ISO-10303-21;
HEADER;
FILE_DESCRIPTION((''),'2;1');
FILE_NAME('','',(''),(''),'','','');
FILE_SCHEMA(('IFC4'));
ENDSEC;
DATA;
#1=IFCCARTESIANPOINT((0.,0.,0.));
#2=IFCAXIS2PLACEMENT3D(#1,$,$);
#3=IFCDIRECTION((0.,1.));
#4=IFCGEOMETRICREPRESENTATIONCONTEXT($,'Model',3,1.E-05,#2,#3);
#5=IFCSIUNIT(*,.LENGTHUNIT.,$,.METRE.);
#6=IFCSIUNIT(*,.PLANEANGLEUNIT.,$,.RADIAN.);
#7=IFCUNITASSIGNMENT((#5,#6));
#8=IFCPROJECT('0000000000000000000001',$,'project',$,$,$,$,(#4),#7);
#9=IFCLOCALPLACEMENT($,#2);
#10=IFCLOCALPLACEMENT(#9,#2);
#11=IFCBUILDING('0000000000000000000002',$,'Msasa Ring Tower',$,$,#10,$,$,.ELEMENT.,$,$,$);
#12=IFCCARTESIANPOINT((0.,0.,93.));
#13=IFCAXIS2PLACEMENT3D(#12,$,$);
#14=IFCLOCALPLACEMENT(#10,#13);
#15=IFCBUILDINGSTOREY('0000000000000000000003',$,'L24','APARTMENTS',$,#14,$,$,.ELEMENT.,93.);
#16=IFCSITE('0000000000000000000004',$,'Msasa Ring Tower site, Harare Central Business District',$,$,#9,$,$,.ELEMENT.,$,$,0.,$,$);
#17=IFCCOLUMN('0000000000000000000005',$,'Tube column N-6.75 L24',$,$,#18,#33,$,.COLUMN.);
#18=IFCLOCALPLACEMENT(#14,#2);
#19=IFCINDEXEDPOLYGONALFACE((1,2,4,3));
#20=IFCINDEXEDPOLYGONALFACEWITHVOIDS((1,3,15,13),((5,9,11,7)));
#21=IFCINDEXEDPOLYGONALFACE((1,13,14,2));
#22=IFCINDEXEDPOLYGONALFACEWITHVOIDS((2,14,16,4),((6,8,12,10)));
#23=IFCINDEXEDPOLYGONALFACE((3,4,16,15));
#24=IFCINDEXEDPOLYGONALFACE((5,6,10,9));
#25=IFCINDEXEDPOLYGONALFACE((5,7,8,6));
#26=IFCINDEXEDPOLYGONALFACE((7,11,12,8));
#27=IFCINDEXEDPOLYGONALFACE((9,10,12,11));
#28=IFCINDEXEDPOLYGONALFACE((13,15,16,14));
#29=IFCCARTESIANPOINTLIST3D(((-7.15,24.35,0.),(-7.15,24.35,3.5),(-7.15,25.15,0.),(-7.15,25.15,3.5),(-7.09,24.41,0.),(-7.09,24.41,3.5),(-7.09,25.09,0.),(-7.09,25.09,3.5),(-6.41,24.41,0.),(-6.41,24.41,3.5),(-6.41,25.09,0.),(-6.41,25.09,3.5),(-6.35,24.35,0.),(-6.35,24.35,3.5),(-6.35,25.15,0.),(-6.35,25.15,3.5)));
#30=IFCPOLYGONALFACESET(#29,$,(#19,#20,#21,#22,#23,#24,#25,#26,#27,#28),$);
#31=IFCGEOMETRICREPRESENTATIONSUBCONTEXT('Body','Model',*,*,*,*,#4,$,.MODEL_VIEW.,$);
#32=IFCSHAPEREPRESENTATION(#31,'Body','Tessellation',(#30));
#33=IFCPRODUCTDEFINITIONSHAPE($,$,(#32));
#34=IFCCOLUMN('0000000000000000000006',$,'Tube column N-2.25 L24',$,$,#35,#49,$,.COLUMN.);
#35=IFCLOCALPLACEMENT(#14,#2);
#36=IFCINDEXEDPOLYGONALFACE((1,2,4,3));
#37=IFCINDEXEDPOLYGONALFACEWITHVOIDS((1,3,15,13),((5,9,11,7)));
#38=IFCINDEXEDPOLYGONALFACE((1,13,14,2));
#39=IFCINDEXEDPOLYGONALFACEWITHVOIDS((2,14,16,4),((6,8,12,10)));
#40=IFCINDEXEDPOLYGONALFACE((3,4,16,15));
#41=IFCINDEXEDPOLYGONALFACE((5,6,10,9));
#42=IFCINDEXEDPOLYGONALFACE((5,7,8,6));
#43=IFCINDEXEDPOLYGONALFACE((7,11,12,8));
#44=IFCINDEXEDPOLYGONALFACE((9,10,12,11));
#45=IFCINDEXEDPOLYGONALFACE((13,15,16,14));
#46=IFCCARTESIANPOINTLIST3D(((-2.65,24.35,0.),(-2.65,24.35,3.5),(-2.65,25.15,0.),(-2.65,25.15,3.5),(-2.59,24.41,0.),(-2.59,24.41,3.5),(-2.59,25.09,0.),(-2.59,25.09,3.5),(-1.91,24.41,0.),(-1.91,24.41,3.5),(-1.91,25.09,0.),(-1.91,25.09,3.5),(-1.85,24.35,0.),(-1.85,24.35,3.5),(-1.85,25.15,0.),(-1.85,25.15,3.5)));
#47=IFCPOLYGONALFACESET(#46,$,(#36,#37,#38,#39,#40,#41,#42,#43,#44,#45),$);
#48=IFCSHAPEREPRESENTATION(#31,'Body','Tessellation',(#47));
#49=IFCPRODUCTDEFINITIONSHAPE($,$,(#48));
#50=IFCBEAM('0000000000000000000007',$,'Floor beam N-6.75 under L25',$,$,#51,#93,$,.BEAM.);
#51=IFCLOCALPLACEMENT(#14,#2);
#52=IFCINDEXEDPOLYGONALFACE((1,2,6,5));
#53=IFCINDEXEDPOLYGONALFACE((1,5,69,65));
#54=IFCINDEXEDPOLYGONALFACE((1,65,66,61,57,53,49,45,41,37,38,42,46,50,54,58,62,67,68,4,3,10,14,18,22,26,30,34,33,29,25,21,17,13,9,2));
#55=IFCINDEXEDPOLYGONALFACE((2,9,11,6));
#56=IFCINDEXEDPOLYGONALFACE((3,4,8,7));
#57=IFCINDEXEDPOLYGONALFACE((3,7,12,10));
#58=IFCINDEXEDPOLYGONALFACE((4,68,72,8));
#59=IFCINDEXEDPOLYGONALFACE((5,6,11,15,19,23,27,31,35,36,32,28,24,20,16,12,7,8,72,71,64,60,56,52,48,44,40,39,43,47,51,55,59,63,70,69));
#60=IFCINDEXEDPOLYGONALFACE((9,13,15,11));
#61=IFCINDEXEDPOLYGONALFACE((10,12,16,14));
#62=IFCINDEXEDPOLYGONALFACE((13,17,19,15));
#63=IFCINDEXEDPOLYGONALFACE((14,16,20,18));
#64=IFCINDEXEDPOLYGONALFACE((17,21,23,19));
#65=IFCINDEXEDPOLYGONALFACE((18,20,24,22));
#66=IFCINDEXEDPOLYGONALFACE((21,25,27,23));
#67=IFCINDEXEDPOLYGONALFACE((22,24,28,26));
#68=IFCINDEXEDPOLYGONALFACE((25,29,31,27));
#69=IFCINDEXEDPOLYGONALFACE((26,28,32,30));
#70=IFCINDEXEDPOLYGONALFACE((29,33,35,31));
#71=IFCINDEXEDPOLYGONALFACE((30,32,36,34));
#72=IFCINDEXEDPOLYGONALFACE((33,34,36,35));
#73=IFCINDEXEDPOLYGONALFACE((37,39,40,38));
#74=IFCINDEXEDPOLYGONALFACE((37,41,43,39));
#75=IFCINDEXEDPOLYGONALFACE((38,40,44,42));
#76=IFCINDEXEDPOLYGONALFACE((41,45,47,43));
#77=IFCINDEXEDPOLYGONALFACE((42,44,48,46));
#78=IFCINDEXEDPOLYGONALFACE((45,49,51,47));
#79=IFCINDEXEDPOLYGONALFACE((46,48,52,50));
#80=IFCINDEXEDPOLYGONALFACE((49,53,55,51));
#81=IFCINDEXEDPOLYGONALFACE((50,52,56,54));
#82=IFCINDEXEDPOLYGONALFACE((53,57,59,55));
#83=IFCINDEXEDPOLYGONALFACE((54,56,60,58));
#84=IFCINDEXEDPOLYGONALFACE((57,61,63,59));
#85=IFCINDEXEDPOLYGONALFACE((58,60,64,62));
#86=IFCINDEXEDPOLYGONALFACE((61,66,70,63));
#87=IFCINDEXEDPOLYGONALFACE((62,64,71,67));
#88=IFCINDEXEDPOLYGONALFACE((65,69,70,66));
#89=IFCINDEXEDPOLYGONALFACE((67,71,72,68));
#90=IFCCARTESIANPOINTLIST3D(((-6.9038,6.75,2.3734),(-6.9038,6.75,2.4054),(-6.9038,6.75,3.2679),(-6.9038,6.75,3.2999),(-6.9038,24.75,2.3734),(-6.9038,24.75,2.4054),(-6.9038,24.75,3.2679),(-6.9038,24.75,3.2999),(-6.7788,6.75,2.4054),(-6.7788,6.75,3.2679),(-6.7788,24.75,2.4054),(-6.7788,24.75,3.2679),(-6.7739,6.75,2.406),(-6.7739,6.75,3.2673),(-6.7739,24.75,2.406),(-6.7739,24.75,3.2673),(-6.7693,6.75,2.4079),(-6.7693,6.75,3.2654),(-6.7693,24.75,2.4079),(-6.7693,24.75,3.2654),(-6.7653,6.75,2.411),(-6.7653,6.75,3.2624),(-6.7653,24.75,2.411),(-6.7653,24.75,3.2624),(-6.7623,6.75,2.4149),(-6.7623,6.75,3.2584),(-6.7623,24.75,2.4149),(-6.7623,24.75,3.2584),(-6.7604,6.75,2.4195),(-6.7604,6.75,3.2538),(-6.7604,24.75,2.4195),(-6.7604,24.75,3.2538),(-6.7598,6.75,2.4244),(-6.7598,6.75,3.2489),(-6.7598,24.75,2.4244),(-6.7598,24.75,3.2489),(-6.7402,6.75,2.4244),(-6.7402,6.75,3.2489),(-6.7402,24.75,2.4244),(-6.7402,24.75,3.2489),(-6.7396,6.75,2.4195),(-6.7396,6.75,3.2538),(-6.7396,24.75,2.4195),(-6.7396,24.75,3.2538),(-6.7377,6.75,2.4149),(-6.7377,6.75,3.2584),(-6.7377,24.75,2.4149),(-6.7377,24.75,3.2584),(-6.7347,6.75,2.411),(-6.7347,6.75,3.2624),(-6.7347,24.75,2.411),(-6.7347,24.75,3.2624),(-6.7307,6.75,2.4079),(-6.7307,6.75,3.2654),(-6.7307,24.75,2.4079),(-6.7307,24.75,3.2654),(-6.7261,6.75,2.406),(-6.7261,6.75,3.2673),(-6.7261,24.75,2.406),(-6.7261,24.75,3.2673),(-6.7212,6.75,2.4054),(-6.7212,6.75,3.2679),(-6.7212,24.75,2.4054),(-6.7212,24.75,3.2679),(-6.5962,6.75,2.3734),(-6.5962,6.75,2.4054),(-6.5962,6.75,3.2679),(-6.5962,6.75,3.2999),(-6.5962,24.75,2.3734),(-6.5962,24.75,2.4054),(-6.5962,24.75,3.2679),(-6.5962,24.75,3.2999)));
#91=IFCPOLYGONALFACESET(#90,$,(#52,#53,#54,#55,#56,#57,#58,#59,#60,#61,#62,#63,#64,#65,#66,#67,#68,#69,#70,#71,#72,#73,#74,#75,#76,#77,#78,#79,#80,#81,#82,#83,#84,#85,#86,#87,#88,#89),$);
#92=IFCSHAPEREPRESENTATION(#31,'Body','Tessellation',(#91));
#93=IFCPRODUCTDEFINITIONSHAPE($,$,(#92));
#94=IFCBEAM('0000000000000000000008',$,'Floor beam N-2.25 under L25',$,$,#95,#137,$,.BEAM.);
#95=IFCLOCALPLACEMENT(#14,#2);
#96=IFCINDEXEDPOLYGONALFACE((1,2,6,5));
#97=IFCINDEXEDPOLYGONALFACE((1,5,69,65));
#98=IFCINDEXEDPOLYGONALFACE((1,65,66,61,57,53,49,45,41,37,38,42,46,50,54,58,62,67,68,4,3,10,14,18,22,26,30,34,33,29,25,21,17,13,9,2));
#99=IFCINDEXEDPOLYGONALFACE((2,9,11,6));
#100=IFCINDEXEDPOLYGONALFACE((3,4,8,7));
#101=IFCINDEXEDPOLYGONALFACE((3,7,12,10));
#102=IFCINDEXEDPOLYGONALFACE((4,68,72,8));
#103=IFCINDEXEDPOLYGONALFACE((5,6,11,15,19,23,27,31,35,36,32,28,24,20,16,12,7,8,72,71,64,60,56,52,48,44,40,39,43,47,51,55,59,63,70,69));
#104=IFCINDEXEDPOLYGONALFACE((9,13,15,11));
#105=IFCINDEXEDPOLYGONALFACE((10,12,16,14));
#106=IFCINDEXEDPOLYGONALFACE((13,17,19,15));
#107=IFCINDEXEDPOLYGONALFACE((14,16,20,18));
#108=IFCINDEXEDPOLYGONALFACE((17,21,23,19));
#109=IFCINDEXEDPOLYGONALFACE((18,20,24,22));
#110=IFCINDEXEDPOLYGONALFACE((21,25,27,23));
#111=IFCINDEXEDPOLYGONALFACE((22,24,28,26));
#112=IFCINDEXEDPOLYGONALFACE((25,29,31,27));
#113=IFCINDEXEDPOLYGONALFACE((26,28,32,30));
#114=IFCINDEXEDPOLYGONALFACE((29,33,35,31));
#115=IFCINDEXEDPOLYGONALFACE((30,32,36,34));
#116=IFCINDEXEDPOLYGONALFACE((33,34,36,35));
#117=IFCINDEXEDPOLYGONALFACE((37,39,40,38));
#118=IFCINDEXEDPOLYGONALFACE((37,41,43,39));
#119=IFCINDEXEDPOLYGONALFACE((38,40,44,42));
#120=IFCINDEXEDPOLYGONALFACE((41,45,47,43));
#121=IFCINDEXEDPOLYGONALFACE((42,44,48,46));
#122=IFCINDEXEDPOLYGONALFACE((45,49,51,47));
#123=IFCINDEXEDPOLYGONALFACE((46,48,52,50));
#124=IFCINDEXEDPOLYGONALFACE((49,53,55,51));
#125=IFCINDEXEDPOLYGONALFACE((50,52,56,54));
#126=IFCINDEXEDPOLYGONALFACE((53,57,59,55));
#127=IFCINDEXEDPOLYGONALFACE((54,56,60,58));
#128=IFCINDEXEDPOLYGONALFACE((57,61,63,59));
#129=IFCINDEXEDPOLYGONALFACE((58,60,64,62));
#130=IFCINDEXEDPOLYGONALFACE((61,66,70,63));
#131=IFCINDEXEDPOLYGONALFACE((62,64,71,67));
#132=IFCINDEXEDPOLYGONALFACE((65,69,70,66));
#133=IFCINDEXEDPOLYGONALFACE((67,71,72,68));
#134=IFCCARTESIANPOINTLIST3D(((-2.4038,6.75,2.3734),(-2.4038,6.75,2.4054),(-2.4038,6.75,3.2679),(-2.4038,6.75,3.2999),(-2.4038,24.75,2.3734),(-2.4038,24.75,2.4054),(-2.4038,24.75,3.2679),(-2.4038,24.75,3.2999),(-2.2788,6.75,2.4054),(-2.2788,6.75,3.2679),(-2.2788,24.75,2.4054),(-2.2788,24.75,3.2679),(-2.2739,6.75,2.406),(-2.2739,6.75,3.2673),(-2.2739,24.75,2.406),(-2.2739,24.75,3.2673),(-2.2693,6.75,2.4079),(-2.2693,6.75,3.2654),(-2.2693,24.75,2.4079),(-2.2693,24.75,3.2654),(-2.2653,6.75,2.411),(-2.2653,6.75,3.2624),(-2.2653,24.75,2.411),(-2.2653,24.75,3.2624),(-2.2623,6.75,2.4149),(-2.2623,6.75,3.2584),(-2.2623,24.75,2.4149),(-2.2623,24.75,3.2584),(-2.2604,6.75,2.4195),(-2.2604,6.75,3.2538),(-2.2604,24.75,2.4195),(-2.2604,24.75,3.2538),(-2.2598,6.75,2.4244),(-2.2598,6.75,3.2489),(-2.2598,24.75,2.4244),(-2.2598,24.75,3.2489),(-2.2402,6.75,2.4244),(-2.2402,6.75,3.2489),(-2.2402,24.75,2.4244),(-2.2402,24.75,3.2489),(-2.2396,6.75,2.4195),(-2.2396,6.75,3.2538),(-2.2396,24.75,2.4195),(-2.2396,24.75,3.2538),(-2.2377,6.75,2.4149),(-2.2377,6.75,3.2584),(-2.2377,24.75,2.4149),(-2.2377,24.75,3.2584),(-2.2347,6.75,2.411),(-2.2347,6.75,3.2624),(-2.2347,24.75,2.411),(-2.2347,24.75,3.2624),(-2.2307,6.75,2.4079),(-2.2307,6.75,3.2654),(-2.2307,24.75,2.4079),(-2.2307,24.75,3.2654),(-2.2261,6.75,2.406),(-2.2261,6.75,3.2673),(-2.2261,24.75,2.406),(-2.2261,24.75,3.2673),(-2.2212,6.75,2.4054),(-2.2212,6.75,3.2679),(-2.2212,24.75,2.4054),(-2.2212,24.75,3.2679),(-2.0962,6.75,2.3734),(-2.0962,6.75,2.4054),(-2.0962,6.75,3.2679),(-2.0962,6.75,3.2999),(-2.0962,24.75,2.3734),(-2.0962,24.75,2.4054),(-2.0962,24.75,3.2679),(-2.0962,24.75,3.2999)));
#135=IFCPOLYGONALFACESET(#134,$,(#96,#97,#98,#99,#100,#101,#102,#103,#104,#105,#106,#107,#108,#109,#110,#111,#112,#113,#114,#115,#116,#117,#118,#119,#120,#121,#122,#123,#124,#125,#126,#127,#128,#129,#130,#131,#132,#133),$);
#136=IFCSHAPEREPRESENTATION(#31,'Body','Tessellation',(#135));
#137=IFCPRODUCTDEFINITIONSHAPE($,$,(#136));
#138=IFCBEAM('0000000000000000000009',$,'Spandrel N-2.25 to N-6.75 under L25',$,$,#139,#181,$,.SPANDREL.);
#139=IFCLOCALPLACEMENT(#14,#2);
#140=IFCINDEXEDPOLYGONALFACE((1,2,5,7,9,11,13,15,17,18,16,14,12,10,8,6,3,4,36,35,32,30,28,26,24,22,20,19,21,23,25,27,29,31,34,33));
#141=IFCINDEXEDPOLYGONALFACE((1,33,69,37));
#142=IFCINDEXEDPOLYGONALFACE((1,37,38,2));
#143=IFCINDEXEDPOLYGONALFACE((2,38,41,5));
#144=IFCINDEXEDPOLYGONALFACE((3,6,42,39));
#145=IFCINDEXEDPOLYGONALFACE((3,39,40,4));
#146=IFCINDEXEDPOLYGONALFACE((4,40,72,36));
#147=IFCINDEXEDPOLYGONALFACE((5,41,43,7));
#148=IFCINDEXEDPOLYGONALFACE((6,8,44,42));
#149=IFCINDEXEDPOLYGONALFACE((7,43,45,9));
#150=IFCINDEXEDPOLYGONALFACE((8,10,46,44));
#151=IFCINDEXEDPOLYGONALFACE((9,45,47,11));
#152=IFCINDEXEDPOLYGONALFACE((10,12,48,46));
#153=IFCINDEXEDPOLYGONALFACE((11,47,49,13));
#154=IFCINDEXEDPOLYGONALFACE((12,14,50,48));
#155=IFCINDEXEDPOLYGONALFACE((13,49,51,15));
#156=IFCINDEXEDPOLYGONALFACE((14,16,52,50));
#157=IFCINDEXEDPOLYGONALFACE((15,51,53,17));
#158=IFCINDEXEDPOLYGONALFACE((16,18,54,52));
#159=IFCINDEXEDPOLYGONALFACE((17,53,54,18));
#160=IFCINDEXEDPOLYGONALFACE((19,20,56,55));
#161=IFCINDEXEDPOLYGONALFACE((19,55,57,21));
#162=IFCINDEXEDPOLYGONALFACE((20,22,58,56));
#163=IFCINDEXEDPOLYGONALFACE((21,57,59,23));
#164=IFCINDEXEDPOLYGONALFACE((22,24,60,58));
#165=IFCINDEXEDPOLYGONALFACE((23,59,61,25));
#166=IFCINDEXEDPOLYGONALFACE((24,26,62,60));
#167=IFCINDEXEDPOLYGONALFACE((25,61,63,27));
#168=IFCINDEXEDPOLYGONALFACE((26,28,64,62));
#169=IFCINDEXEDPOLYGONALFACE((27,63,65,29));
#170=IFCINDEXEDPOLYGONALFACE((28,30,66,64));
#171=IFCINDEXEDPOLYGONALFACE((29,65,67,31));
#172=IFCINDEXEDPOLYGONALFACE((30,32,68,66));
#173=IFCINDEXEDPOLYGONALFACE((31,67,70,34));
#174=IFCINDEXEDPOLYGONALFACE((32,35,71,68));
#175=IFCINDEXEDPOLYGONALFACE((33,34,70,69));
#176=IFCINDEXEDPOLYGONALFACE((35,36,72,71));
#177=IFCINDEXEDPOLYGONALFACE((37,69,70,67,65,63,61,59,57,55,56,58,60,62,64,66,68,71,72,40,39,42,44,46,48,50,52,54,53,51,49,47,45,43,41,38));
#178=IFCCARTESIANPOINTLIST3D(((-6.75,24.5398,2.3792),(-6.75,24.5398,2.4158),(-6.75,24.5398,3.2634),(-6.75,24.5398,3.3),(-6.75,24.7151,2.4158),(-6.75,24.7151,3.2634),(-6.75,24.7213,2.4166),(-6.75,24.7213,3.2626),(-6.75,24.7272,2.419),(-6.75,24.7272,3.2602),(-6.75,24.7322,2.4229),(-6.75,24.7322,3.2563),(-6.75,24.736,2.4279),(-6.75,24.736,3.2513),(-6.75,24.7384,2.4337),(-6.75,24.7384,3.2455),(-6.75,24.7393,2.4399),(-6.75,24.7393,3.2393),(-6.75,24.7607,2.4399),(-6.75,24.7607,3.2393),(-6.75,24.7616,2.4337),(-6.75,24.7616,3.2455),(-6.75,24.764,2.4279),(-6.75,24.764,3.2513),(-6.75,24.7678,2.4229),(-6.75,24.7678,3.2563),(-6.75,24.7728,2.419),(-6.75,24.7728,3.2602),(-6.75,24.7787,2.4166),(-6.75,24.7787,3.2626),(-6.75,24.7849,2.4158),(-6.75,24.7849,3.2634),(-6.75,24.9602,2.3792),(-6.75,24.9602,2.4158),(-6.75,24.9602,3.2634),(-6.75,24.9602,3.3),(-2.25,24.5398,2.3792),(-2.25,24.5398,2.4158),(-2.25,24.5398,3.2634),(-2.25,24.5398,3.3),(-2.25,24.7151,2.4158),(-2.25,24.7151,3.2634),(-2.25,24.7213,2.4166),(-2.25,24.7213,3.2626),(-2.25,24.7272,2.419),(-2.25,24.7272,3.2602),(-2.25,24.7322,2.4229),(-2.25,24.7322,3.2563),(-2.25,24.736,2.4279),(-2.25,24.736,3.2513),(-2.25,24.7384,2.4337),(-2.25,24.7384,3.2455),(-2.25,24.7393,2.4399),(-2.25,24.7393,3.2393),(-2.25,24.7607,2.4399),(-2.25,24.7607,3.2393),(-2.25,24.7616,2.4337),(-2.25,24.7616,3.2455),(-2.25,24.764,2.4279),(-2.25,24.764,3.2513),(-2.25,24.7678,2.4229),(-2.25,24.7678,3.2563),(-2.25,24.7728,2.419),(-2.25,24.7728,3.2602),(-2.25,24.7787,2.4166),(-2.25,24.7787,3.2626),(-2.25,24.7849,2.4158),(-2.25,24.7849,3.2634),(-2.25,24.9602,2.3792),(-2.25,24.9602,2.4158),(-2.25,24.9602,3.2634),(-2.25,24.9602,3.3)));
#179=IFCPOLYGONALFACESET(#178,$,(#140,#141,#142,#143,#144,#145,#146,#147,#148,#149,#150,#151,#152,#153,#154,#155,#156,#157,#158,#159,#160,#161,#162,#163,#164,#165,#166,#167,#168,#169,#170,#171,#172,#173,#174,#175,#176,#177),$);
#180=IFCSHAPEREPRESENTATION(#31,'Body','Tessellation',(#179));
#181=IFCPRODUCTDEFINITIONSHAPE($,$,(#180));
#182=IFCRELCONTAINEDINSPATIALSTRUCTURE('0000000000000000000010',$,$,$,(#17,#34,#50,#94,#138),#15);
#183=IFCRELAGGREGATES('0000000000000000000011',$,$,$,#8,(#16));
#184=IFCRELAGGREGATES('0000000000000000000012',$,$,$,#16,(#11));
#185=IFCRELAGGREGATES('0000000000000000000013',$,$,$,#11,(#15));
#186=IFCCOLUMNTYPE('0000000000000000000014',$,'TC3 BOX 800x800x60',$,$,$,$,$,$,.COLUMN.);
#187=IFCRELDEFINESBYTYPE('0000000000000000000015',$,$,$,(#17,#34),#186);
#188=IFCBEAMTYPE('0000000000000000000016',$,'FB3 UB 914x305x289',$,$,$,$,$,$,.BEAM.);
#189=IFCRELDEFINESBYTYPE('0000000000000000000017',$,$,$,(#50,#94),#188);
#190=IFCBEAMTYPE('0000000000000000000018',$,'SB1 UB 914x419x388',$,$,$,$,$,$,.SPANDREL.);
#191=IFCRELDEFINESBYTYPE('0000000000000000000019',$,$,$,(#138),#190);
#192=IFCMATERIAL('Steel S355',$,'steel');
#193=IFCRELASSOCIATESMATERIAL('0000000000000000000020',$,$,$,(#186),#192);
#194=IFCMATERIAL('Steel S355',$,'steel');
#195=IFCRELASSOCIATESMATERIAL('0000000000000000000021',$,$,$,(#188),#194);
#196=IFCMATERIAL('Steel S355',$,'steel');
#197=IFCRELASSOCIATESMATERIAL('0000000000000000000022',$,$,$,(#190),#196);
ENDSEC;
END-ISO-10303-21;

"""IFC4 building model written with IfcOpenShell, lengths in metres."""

from ifc_helpers import new_model, si_unit, direction, frame, origin, origin_2d, place, context, subcontext, project, spatial, hollow_rectangle, i_section, extrude, material, material_profile, profile_set, type_object, element, save


model = new_model("IFC4")

# Units and contexts
model_context = context("Model", 3, precision=1e-05, world=origin(), true_north=direction((0.0, 1.0)))
body_context = subcontext(model_context, "Body", "Model", "MODEL_VIEW")
ifc_project = project(units=[si_unit("LENGTHUNIT", "METRE"), si_unit("PLANEANGLEUNIT", "RADIAN")], contexts=[model_context])

# Site, building, storey
site_placement = place(None, origin())
site = spatial("IfcSite", under=ifc_project, at=site_placement, Name="Msasa Ring Tower site, Harare Central Business District", CompositionType="ELEMENT", RefElevation=0.0)
building_placement = place(site_placement, origin())
building = spatial("IfcBuilding", under=site, at=building_placement, Name="Msasa Ring Tower", CompositionType="ELEMENT")
storey_placement = place(building_placement, frame((0.0, 0.0, 93.0)))
storey = spatial("IfcBuildingStorey", under=building, at=storey_placement, Name="L24", Description="APARTMENTS", CompositionType="ELEMENT", Elevation=93.0)

# Columns
ifc_material_1 = material(Name="Steel S355", Category="steel")
ifc_material_profile_1 = material_profile(ifc_material_1, hollow_rectangle(XDim=0.8, YDim=0.8, WallThickness=0.0601, at=origin_2d()), Name="BOX 800x800x60")
ifc_profile_set_1 = profile_set([ifc_material_profile_1], Name="Steel S355")
column_type = type_object("IfcColumnType", Name="TC3 BOX 800x800x60", PredefinedType="COLUMN", material=ifc_profile_set_1)
for number, where, z_axis, x_axis, name in (
    (1, (-6.75, 24.75, 0.0), (0.0, 0.0, 1.0), (0.0, 1.0, 0.0), "Tube column N-6.75 L24"),
    (2, (-2.25, 24.75, 0.0), (0.0, 0.0, 1.0), (0.0, 1.0, 0.0), "Tube column N-2.25 L24"),
):
    element("IfcColumn", number, at=place(storey_placement, frame(where, z_axis=z_axis, x_axis=x_axis)), inside=storey, type_object=column_type, Name=name, PredefinedType="COLUMN", context=body_context, shape_type="SweptSolid", body=[
        extrude(hollow_rectangle(XDim=0.8, YDim=0.8, WallThickness=0.0601, at=origin_2d()), origin(), (0.0, 0.0, 1.0), 3.5),
    ])

# Beams
ifc_material_2 = material(Name="Steel S355", Category="steel")
ifc_material_profile_2 = material_profile(ifc_material_2, i_section(OverallWidth=0.3076, OverallDepth=0.9265, WebThickness=0.0195, FlangeThickness=0.032, FilletRadius=0.019, at=origin_2d()), Name="UB 914x305x289")
ifc_profile_set_2 = profile_set([ifc_material_profile_2], Name="Steel S355")
beam_type_1 = type_object("IfcBeamType", Name="FB3 UB 914x305x289", PredefinedType="BEAM", material=ifc_profile_set_2)
for number, where, z_axis, x_axis, name in (
    (3, (-6.75, 24.75, 2.8367), (0.0, -1.0, 0.0), (1.0, 0.0, 0.0), "Floor beam N-6.75 under L25"),
    (4, (-2.25, 24.75, 2.8367), (0.0, -1.0, 0.0), (1.0, 0.0, 0.0), "Floor beam N-2.25 under L25"),
):
    element("IfcBeam", number, at=place(storey_placement, frame(where, z_axis=z_axis, x_axis=x_axis)), inside=storey, type_object=beam_type_1, Name=name, PredefinedType="BEAM", context=body_context, shape_type="SweptSolid", body=[
        extrude(i_section(OverallWidth=0.3076, OverallDepth=0.9265, WebThickness=0.0195, FlangeThickness=0.032, FilletRadius=0.019, at=origin_2d()), origin(), (0.0, 0.0, 1.0), 18.0),
    ])
ifc_material_3 = material(Name="Steel S355", Category="steel")
ifc_material_profile_3 = material_profile(ifc_material_3, i_section(OverallWidth=0.4204, OverallDepth=0.9209, WebThickness=0.0215, FlangeThickness=0.0366, FilletRadius=0.0242, at=origin_2d()), Name="UB 914x419x388")
ifc_profile_set_3 = profile_set([ifc_material_profile_3], Name="Steel S355")
beam_type_2 = type_object("IfcBeamType", Name="SB1 UB 914x419x388", PredefinedType="SPANDREL", material=ifc_profile_set_3)
for number, where, z_axis, x_axis, name in (
    (5, (-2.25, 24.75, 2.8396), (-1.0, 0.0, 0.0), (0.0, -1.0, 0.0), "Spandrel N-2.25 to N-6.75 under L25"),
):
    element("IfcBeam", number, at=place(storey_placement, frame(where, z_axis=z_axis, x_axis=x_axis)), inside=storey, type_object=beam_type_2, Name=name, PredefinedType="SPANDREL", context=body_context, shape_type="SweptSolid", body=[
        extrude(i_section(OverallWidth=0.4204, OverallDepth=0.9209, WebThickness=0.0215, FlangeThickness=0.0366, FilletRadius=0.0242, at=origin_2d()), origin(), (0.0, 0.0, 1.0), 4.5),
    ])

save(model, "model.ifc")
